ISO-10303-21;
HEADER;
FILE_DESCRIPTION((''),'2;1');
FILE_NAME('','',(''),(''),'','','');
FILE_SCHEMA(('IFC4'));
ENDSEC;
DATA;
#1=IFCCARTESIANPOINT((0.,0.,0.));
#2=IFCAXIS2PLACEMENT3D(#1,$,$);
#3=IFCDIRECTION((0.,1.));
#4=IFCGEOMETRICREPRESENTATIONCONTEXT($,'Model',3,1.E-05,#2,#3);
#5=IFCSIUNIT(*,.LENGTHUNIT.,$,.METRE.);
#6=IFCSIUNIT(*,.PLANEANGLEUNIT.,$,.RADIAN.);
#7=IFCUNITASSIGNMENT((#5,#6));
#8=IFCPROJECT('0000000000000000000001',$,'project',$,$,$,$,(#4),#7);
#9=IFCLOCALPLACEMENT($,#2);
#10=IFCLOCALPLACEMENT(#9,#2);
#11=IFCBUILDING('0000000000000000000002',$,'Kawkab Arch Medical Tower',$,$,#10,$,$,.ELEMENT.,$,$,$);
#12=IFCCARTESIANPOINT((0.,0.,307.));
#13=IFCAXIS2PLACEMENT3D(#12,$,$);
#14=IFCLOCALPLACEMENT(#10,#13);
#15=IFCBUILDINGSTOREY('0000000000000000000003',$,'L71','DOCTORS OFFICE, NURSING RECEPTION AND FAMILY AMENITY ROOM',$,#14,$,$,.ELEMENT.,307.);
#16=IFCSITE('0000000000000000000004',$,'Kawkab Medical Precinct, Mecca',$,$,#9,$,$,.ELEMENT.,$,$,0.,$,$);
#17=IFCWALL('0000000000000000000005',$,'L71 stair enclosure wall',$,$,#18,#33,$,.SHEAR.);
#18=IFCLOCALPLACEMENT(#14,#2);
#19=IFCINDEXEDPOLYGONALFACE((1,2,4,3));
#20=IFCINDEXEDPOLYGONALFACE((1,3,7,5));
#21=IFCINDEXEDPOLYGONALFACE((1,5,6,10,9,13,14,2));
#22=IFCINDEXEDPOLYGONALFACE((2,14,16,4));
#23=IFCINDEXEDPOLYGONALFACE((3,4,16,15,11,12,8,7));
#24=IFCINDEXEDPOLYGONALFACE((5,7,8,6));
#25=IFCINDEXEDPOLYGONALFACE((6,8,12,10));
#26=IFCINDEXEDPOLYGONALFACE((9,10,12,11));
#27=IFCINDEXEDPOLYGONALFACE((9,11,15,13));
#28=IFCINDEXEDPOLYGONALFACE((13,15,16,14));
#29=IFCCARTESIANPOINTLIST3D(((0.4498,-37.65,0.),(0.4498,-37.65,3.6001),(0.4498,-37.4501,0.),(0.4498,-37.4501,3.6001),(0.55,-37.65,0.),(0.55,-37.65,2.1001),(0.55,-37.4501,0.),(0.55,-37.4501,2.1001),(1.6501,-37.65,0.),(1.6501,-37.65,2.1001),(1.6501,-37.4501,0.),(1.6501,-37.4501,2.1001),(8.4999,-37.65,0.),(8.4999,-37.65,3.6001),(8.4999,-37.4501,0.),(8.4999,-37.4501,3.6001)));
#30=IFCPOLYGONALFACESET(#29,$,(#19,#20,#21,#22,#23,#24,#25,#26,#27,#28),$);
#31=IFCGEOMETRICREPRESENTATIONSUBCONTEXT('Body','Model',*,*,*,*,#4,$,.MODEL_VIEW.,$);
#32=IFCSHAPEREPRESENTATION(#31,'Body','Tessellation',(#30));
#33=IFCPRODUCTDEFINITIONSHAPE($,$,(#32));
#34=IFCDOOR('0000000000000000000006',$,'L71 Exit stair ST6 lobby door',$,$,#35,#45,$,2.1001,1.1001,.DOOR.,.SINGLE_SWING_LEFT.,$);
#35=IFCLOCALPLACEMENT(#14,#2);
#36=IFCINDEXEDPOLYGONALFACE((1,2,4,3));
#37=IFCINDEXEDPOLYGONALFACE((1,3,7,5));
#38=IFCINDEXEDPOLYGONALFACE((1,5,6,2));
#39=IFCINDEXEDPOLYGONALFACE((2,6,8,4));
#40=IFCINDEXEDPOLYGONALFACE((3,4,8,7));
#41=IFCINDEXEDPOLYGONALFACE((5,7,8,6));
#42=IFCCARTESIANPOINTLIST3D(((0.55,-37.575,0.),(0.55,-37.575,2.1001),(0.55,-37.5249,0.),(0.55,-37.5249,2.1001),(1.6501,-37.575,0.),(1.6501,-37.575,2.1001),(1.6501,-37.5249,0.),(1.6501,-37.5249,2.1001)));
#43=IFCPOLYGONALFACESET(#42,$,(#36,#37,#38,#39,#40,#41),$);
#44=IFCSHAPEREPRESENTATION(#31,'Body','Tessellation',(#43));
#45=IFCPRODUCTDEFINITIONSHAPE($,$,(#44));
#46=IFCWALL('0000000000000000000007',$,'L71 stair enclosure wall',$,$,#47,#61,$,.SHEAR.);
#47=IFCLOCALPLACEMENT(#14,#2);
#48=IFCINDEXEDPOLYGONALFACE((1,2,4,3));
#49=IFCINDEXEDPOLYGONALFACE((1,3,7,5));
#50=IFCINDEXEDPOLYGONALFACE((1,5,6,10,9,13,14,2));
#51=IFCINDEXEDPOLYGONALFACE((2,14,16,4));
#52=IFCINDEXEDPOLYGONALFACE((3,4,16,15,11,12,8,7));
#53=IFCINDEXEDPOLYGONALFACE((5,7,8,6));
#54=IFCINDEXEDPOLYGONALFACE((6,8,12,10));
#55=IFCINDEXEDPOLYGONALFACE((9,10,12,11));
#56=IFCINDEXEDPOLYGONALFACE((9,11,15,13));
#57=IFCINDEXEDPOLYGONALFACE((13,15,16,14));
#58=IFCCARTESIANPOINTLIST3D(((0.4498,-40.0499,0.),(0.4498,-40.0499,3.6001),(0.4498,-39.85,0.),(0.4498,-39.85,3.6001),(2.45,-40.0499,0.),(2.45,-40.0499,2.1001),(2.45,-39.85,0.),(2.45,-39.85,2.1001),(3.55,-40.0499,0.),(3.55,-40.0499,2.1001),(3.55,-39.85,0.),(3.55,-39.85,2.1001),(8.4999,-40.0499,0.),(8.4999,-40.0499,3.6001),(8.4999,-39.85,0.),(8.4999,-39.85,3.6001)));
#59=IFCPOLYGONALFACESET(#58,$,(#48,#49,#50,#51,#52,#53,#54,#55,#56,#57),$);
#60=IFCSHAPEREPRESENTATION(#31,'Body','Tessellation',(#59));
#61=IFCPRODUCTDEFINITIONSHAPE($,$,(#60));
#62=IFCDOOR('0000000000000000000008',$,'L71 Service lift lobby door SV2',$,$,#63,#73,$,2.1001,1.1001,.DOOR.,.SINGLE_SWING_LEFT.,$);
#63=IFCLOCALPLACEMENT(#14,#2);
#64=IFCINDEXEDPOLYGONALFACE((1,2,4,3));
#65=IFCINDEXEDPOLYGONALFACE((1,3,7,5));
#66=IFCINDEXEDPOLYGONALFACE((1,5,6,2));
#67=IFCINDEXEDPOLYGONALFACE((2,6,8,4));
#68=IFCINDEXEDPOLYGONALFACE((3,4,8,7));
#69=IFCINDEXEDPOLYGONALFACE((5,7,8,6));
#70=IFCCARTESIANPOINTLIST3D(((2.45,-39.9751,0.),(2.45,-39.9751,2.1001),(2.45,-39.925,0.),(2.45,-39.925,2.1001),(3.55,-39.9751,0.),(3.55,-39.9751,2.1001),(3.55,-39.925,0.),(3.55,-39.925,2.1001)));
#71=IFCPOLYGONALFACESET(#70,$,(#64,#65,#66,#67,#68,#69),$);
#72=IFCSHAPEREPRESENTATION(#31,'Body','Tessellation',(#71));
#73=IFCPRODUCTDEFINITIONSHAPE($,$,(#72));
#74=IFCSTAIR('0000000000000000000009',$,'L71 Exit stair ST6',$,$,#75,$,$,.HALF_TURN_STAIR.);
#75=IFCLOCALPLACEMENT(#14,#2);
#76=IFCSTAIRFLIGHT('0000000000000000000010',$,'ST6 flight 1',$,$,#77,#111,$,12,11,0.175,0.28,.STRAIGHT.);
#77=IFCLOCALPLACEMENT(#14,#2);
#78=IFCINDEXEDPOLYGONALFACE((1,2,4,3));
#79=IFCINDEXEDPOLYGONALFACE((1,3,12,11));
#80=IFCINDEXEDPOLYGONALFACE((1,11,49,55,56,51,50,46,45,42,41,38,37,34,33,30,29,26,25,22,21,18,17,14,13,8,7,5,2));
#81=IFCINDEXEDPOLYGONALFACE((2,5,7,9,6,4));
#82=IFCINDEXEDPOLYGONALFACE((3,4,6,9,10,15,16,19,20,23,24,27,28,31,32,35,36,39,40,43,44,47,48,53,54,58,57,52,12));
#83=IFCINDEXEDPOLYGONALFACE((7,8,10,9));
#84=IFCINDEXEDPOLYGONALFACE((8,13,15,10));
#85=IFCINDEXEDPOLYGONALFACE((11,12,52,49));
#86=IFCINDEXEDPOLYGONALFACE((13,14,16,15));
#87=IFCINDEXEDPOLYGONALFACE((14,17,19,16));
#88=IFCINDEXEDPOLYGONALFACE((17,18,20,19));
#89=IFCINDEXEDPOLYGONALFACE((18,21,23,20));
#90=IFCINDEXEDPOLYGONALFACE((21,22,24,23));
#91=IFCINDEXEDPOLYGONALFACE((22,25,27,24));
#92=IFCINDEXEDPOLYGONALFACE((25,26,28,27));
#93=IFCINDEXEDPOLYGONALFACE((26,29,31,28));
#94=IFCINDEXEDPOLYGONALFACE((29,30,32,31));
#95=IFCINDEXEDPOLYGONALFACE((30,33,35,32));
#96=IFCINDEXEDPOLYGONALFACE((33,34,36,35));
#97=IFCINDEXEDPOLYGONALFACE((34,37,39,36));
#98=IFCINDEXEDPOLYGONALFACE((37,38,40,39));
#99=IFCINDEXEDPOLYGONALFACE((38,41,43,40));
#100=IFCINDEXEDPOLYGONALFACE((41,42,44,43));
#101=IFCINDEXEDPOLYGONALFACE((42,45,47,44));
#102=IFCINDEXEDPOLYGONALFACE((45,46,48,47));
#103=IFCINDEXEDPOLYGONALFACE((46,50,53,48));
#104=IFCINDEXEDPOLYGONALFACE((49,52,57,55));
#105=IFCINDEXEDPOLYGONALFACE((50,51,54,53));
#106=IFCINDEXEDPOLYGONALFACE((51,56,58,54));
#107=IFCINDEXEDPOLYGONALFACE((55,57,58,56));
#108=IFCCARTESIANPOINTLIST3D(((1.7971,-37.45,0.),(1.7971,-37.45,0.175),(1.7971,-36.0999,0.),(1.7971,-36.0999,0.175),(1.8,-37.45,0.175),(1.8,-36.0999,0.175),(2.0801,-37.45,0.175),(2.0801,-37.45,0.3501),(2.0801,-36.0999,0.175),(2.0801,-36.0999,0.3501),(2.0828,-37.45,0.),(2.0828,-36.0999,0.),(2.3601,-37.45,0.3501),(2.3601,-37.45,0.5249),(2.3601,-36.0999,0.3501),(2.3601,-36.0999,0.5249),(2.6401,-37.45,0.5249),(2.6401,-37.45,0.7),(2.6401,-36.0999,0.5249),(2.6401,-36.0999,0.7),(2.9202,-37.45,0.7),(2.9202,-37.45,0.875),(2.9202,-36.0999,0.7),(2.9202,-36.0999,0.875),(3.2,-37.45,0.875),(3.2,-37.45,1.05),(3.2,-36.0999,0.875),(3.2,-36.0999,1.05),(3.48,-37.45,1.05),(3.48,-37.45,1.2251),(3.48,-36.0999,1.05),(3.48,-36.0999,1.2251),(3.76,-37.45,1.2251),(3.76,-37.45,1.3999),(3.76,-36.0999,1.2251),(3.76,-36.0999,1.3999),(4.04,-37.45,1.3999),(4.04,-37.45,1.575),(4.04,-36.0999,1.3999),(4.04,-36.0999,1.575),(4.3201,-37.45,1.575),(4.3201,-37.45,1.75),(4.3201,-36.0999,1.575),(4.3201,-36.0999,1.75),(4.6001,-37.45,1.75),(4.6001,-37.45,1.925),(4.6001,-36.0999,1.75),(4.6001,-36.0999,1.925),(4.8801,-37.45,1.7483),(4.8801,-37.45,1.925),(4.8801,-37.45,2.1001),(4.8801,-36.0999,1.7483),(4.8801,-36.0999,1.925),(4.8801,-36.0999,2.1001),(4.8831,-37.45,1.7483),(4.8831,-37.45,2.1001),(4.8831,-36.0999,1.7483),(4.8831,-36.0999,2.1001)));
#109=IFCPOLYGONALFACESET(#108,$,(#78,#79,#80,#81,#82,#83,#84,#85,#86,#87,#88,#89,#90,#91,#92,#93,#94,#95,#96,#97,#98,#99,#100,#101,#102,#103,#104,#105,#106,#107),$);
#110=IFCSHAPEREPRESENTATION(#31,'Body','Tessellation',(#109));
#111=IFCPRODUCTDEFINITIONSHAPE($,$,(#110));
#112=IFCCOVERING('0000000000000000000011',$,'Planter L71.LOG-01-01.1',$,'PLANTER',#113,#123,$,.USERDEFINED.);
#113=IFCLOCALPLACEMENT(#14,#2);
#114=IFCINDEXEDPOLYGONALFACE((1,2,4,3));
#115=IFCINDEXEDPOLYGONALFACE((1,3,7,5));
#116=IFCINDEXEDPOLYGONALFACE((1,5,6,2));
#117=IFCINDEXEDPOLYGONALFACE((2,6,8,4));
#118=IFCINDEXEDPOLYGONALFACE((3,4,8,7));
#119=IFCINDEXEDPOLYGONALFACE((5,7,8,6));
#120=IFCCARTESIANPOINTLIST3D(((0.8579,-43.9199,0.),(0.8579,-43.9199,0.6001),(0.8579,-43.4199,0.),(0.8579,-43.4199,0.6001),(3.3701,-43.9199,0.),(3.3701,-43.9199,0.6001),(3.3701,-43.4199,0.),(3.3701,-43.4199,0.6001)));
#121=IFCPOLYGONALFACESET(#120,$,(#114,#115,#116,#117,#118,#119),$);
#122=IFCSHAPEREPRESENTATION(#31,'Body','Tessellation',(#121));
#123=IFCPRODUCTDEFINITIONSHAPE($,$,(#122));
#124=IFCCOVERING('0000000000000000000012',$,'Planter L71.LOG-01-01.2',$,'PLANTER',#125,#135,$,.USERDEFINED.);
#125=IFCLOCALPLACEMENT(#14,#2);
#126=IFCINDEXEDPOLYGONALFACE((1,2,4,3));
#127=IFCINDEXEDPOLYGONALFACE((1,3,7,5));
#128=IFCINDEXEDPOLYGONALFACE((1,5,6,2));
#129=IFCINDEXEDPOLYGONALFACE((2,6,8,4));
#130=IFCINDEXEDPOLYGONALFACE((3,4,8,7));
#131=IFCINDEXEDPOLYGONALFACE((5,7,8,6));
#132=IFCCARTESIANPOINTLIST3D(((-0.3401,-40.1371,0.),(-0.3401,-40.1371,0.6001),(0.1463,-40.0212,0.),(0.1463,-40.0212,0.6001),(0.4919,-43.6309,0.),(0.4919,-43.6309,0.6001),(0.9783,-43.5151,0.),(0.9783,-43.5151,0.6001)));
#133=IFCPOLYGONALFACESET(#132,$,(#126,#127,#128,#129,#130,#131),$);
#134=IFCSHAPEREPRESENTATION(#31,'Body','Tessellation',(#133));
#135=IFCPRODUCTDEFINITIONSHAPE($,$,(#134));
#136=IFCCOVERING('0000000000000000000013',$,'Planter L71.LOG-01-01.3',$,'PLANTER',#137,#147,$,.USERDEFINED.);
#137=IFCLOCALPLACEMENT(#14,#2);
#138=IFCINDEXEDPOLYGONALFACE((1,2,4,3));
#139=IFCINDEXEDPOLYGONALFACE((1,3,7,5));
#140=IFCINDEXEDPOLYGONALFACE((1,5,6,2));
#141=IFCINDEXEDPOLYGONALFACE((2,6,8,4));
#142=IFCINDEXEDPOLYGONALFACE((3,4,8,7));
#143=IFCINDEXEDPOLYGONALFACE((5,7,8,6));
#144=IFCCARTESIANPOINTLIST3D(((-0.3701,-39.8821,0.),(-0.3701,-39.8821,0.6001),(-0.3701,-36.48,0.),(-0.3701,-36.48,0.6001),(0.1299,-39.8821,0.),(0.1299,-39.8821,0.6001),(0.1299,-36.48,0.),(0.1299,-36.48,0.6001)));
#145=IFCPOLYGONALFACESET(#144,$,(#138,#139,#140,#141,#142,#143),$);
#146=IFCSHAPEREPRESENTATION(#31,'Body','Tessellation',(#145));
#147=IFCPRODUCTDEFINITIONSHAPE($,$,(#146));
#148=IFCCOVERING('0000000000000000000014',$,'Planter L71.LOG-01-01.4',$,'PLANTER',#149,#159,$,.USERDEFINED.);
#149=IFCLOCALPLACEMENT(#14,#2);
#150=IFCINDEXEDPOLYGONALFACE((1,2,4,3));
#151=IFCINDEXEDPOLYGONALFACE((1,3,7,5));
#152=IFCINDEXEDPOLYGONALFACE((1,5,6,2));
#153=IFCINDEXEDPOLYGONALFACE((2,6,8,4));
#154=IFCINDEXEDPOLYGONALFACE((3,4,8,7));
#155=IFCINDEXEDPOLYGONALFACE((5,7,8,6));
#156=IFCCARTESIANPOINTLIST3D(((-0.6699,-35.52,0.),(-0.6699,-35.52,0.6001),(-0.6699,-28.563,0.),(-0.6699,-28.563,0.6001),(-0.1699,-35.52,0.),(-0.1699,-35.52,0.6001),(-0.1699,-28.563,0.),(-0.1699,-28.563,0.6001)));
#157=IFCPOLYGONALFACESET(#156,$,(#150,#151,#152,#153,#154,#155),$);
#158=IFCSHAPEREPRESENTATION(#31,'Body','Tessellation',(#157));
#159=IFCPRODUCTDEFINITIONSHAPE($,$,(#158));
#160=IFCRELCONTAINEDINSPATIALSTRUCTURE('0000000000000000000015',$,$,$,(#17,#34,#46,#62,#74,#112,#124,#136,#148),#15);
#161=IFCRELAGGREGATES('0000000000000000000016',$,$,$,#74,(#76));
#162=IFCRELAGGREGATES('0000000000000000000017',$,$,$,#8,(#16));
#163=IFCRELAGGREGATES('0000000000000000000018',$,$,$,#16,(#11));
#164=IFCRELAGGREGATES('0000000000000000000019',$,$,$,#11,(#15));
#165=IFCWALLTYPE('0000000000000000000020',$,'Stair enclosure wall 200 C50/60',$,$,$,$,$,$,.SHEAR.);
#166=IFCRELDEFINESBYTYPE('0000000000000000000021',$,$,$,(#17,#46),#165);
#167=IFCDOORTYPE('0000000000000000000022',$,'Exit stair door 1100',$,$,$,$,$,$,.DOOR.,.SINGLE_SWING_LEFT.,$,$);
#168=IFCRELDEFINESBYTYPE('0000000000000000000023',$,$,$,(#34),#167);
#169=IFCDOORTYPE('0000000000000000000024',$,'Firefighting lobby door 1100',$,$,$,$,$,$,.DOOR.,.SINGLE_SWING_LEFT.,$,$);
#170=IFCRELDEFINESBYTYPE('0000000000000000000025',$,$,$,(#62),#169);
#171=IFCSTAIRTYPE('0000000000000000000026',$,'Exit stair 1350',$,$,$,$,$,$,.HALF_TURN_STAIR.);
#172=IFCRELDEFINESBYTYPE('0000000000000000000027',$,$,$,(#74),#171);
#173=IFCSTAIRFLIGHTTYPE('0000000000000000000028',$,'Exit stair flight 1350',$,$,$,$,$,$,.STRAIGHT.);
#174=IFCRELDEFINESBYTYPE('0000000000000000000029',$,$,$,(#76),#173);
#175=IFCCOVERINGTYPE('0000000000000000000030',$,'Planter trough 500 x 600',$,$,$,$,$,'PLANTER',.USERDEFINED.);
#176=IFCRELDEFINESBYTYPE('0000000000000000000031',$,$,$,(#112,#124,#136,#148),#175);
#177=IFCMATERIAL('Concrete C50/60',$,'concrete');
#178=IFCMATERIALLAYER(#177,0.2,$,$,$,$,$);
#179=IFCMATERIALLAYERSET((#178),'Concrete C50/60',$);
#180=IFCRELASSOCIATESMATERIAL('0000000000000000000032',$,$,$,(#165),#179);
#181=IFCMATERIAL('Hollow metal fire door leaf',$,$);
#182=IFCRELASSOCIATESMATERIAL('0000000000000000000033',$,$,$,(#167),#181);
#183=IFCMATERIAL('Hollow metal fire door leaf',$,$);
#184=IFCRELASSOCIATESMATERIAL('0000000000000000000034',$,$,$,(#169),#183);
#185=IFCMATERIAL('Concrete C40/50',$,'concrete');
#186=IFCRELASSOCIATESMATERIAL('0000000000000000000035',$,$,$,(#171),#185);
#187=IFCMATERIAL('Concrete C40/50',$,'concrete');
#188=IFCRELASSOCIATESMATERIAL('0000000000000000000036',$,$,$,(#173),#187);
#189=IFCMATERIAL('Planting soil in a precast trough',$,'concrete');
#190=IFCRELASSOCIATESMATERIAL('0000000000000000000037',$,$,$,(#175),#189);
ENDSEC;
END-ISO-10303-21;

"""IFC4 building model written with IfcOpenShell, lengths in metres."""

from ifc_helpers import new_model, si_unit, direction, frame, frame_2d, origin, origin_2d, place, context, subcontext, project, spatial, polyline, rectangle, outline, extrude, material, layer, layer_set, material_profile, profile_set, type_object, element, fill, aggregate, save


model = new_model("IFC4")

# Units and contexts
model_context = context("Model", 3, precision=1e-05, world=origin(), true_north=direction((0.0, 1.0)))
body_context = subcontext(model_context, "Body", "Model", "MODEL_VIEW")
ifc_project = project(units=[si_unit("LENGTHUNIT", "METRE"), si_unit("PLANEANGLEUNIT", "RADIAN")], contexts=[model_context])

# Site, building, storey
site_placement = place(None, origin())
site = spatial("IfcSite", under=ifc_project, at=site_placement, Name="Kawkab Medical Precinct, Mecca", CompositionType="ELEMENT", RefElevation=0.0)
building_placement = place(site_placement, origin())
building = spatial("IfcBuilding", under=site, at=building_placement, Name="Kawkab Arch Medical Tower", CompositionType="ELEMENT")
storey_placement = place(building_placement, frame((0.0, 0.0, 307.0)))
storey = spatial("IfcBuildingStorey", under=building, at=storey_placement, Name="L71", Description="DOCTORS OFFICE, NURSING RECEPTION AND FAMILY AMENITY ROOM", CompositionType="ELEMENT", Elevation=307.0)

# Shared definitions
placement = place(storey_placement, origin())

# Walls, openings, doors
ifc_material_1 = material(Name="Concrete C50/60", Category="concrete")
ifc_layer_1 = layer(ifc_material_1, 0.2)
ifc_layer_set_1 = layer_set([ifc_layer_1], Name="Concrete C50/60")
wall_type_1 = type_object("IfcWallType", Name="Stair enclosure wall 200 C50/60", PredefinedType="SHEAR", material=ifc_layer_set_1)
ifc_material_2 = material(Name="Hollow metal fire door leaf")
door_type_1 = type_object("IfcDoorType", Name="Exit stair door 1100", OperationType="SINGLE_SWING_LEFT", PredefinedType="DOOR", material=ifc_material_2)
wall_1_placement = place(storey_placement, frame((0.45, -37.55, 0.0), z_axis=(0.0, 0.0, 1.0), x_axis=(1.0, 0.0, 0.0)))
wall_1 = element("IfcWall", 1, at=wall_1_placement, inside=storey, type_object=wall_type_1, Name="L71 stair enclosure wall", PredefinedType="SHEAR", context=body_context, shape_type="SweptSolid", body=[
    extrude(rectangle(XDim=8.05, YDim=0.2, at=frame_2d((4.0249, 0.0))), origin(), (0.0, 0.0, 1.0), 3.6001),
])
opening_1_placement = place(wall_1_placement, frame((0.1001, 0.0, 0.0)))
opening_1 = element("IfcOpeningElement", 2, at=opening_1_placement, cuts=wall_1, PredefinedType="OPENING", context=body_context, shape_type="SweptSolid", body=[
    extrude(rectangle(XDim=1.1001, YDim=2.1001, at=frame_2d((0.55, 1.05))), frame((0.0, 0.1099, 0.0), z_axis=(0.0, -1.0, 0.0), x_axis=(1.0, 0.0, 0.0)), (0.0, 0.0, 1.0), 0.22),
])
door_1_placement = place(opening_1_placement, frame((1.1001, 0.0, 0.0), z_axis=(0.0, 0.0, 1.0), x_axis=(-1.0, 0.0, 0.0)))
door_1 = element("IfcDoor", 3, at=door_1_placement, inside=storey, type_object=door_type_1, Name="L71 Exit stair ST6 lobby door", OperationType="SINGLE_SWING_LEFT", OverallHeight=2.1001, OverallWidth=1.1001, PredefinedType="DOOR", context=body_context, shape_type="SweptSolid", body=[
    extrude(rectangle(XDim=1.1001, YDim=2.1001, at=frame_2d((0.55, 1.05))), frame((0.0, 0.0249, 0.0), z_axis=(0.0, -1.0, 0.0), x_axis=(1.0, 0.0, 0.0)), (0.0, 0.0, 1.0), 0.05),
])
fill(opening_1, door_1)
wall_2_placement = place(storey_placement, frame((0.45, -39.95, 0.0), z_axis=(0.0, 0.0, 1.0), x_axis=(1.0, 0.0, 0.0)))
wall_2 = element("IfcWall", 4, at=wall_2_placement, inside=storey, type_object=wall_type_1, Name="L71 stair enclosure wall", PredefinedType="SHEAR", context=body_context, shape_type="SweptSolid", body=[
    extrude(rectangle(XDim=8.05, YDim=0.2, at=frame_2d((4.0249, 0.0))), origin(), (0.0, 0.0, 1.0), 3.6001),
])
opening_2_placement = place(wall_2_placement, frame((2.0, 0.0, 0.0)))
opening_2 = element("IfcOpeningElement", 5, at=opening_2_placement, cuts=wall_2, PredefinedType="OPENING", context=body_context, shape_type="SweptSolid", body=[
    extrude(rectangle(XDim=1.1001, YDim=2.1001, at=frame_2d((0.55, 1.05))), frame((0.0, 0.1099, 0.0), z_axis=(0.0, -1.0, 0.0), x_axis=(1.0, 0.0, 0.0)), (0.0, 0.0, 1.0), 0.22),
])
ifc_material_3 = material(Name="Hollow metal fire door leaf")
door_type_2 = type_object("IfcDoorType", Name="Firefighting lobby door 1100", OperationType="SINGLE_SWING_LEFT", PredefinedType="DOOR", material=ifc_material_3)
door_2_placement = place(opening_2_placement, origin())
door_2 = element("IfcDoor", 6, at=door_2_placement, inside=storey, type_object=door_type_2, Name="L71 Service lift lobby door SV2", OperationType="SINGLE_SWING_LEFT", OverallHeight=2.1001, OverallWidth=1.1001, PredefinedType="DOOR", context=body_context, shape_type="SweptSolid", body=[
    extrude(rectangle(XDim=1.1001, YDim=2.1001, at=frame_2d((0.55, 1.05))), frame((0.0, 0.0249, 0.0), z_axis=(0.0, -1.0, 0.0), x_axis=(1.0, 0.0, 0.0)), (0.0, 0.0, 1.0), 0.05),
])
fill(opening_2, door_2)

# Stair, stair flight
ifc_material_4 = material(Name="Concrete C40/50", Category="concrete")
stair_type = type_object("IfcStairType", Name="Exit stair 1350", PredefinedType="HALF_TURN_STAIR", material=ifc_material_4)
stair = element("IfcStair", 7, at=placement, inside=storey, type_object=stair_type, Name="L71 Exit stair ST6", PredefinedType="HALF_TURN_STAIR")
ifc_material_5 = material(Name="Concrete C40/50", Category="concrete")
stair_flight_type = type_object("IfcStairFlightType", Name="Exit stair flight 1350", PredefinedType="STRAIGHT", material=ifc_material_5)
stair_flight_placement = place(storey_placement, frame((1.8, -36.7749, 0.0), z_axis=(0.0, 0.0, 1.0), x_axis=(1.0, 0.0, 0.0)))
stair_flight = element("IfcStairFlight", 8, at=stair_flight_placement, type_object=stair_flight_type, Name="ST6 flight 1", NumberOfRisers=12, NumberOfTreads=11, PredefinedType="STRAIGHT", RiserHeight=0.175, TreadLength=0.28, context=body_context, shape_type="SweptSolid", body=[
    extrude(outline(polyline([(-0.0029, 0.0), (-0.0029, 0.175), (0.0, 0.175), (0.28, 0.175), (0.28, 0.3501), (0.5601, 0.3501), (0.5601, 0.5249), (0.8401, 0.5249), (0.8401, 0.7), (1.1201, 0.7), (1.1201, 0.875), (1.3999, 0.875), (1.3999, 1.05), (1.6799, 1.05), (1.6799, 1.2251), (1.96, 1.2251), (1.96, 1.3999), (2.24, 1.3999), (2.24, 1.575), (2.52, 1.575), (2.52, 1.75), (2.8, 1.75), (2.8, 1.925), (3.0801, 1.925), (3.0801, 2.1001), (3.083, 2.1001), (3.083, 1.7483), (3.0801, 1.7483), (0.2827, 0.0), (-0.0029, 0.0)])), frame((0.0, 0.675, 0.0), z_axis=(0.0, -1.0, 0.0), x_axis=(1.0, 0.0, 0.0)), (0.0, 0.0, 1.0), 1.3501),
])
aggregate(stair, [stair_flight])

# Coverings
ifc_material_6 = material(Name="Planting soil in a precast trough", Category="concrete")
ifc_material_profile_1 = material_profile(ifc_material_6, rectangle(XDim=0.5, YDim=0.6001, at=origin_2d()), Name="Trough 500x600")
ifc_profile_set_1 = profile_set([ifc_material_profile_1], Name="Planting soil in a precast trough")
covering_type = type_object("IfcCoveringType", Name="Planter trough 500 x 600", ElementType="PLANTER", PredefinedType="USERDEFINED", material=ifc_profile_set_1)
covering_1_placement = place(storey_placement, frame((3.3701, -43.6699, 0.3), z_axis=(-1.0, 0.0, 0.0), x_axis=(0.0, -1.0, 0.0)))
element("IfcCovering", 9, at=covering_1_placement, inside=storey, type_object=covering_type, Name="Planter L71.LOG-01-01.1", ObjectType="PLANTER", PredefinedType="USERDEFINED", context=body_context, shape_type="SweptSolid", body=[
    extrude(rectangle(XDim=0.5, YDim=0.6001, at=origin_2d()), origin(), (0.0, 0.0, 1.0), 2.5122),
])
covering_2_placement = place(storey_placement, frame((0.7351, -43.573, 0.3), z_axis=(-0.23166, 0.972797, 0.0), x_axis=(-0.972797, -0.23166, 0.0)))
element("IfcCovering", 10, at=covering_2_placement, inside=storey, type_object=covering_type, Name="Planter L71.LOG-01-01.2", ObjectType="PLANTER", PredefinedType="USERDEFINED", context=body_context, shape_type="SweptSolid", body=[
    extrude(rectangle(XDim=0.5, YDim=0.6001, at=origin_2d()), origin(), (0.0, 0.0, 1.0), 3.5916),
])
covering_3_placement = place(storey_placement, frame((-0.1201, -39.8821, 0.3), z_axis=(0.0, 1.0, 0.0), x_axis=(-1.0, 0.0, 0.0)))
element("IfcCovering", 11, at=covering_3_placement, inside=storey, type_object=covering_type, Name="Planter L71.LOG-01-01.3", ObjectType="PLANTER", PredefinedType="USERDEFINED", context=body_context, shape_type="SweptSolid", body=[
    extrude(rectangle(XDim=0.5, YDim=0.6001, at=origin_2d()), origin(), (0.0, 0.0, 1.0), 3.4021),
])
covering_4_placement = place(storey_placement, frame((-0.4199, -35.52, 0.3), z_axis=(0.0, 1.0, 0.0), x_axis=(-1.0, 0.0, 0.0)))
element("IfcCovering", 12, at=covering_4_placement, inside=storey, type_object=covering_type, Name="Planter L71.LOG-01-01.4", ObjectType="PLANTER", PredefinedType="USERDEFINED", context=body_context, shape_type="SweptSolid", body=[
    extrude(rectangle(XDim=0.5, YDim=0.6001, at=origin_2d()), origin(), (0.0, 0.0, 1.0), 6.957),
])

save(model, "model.ifc")
